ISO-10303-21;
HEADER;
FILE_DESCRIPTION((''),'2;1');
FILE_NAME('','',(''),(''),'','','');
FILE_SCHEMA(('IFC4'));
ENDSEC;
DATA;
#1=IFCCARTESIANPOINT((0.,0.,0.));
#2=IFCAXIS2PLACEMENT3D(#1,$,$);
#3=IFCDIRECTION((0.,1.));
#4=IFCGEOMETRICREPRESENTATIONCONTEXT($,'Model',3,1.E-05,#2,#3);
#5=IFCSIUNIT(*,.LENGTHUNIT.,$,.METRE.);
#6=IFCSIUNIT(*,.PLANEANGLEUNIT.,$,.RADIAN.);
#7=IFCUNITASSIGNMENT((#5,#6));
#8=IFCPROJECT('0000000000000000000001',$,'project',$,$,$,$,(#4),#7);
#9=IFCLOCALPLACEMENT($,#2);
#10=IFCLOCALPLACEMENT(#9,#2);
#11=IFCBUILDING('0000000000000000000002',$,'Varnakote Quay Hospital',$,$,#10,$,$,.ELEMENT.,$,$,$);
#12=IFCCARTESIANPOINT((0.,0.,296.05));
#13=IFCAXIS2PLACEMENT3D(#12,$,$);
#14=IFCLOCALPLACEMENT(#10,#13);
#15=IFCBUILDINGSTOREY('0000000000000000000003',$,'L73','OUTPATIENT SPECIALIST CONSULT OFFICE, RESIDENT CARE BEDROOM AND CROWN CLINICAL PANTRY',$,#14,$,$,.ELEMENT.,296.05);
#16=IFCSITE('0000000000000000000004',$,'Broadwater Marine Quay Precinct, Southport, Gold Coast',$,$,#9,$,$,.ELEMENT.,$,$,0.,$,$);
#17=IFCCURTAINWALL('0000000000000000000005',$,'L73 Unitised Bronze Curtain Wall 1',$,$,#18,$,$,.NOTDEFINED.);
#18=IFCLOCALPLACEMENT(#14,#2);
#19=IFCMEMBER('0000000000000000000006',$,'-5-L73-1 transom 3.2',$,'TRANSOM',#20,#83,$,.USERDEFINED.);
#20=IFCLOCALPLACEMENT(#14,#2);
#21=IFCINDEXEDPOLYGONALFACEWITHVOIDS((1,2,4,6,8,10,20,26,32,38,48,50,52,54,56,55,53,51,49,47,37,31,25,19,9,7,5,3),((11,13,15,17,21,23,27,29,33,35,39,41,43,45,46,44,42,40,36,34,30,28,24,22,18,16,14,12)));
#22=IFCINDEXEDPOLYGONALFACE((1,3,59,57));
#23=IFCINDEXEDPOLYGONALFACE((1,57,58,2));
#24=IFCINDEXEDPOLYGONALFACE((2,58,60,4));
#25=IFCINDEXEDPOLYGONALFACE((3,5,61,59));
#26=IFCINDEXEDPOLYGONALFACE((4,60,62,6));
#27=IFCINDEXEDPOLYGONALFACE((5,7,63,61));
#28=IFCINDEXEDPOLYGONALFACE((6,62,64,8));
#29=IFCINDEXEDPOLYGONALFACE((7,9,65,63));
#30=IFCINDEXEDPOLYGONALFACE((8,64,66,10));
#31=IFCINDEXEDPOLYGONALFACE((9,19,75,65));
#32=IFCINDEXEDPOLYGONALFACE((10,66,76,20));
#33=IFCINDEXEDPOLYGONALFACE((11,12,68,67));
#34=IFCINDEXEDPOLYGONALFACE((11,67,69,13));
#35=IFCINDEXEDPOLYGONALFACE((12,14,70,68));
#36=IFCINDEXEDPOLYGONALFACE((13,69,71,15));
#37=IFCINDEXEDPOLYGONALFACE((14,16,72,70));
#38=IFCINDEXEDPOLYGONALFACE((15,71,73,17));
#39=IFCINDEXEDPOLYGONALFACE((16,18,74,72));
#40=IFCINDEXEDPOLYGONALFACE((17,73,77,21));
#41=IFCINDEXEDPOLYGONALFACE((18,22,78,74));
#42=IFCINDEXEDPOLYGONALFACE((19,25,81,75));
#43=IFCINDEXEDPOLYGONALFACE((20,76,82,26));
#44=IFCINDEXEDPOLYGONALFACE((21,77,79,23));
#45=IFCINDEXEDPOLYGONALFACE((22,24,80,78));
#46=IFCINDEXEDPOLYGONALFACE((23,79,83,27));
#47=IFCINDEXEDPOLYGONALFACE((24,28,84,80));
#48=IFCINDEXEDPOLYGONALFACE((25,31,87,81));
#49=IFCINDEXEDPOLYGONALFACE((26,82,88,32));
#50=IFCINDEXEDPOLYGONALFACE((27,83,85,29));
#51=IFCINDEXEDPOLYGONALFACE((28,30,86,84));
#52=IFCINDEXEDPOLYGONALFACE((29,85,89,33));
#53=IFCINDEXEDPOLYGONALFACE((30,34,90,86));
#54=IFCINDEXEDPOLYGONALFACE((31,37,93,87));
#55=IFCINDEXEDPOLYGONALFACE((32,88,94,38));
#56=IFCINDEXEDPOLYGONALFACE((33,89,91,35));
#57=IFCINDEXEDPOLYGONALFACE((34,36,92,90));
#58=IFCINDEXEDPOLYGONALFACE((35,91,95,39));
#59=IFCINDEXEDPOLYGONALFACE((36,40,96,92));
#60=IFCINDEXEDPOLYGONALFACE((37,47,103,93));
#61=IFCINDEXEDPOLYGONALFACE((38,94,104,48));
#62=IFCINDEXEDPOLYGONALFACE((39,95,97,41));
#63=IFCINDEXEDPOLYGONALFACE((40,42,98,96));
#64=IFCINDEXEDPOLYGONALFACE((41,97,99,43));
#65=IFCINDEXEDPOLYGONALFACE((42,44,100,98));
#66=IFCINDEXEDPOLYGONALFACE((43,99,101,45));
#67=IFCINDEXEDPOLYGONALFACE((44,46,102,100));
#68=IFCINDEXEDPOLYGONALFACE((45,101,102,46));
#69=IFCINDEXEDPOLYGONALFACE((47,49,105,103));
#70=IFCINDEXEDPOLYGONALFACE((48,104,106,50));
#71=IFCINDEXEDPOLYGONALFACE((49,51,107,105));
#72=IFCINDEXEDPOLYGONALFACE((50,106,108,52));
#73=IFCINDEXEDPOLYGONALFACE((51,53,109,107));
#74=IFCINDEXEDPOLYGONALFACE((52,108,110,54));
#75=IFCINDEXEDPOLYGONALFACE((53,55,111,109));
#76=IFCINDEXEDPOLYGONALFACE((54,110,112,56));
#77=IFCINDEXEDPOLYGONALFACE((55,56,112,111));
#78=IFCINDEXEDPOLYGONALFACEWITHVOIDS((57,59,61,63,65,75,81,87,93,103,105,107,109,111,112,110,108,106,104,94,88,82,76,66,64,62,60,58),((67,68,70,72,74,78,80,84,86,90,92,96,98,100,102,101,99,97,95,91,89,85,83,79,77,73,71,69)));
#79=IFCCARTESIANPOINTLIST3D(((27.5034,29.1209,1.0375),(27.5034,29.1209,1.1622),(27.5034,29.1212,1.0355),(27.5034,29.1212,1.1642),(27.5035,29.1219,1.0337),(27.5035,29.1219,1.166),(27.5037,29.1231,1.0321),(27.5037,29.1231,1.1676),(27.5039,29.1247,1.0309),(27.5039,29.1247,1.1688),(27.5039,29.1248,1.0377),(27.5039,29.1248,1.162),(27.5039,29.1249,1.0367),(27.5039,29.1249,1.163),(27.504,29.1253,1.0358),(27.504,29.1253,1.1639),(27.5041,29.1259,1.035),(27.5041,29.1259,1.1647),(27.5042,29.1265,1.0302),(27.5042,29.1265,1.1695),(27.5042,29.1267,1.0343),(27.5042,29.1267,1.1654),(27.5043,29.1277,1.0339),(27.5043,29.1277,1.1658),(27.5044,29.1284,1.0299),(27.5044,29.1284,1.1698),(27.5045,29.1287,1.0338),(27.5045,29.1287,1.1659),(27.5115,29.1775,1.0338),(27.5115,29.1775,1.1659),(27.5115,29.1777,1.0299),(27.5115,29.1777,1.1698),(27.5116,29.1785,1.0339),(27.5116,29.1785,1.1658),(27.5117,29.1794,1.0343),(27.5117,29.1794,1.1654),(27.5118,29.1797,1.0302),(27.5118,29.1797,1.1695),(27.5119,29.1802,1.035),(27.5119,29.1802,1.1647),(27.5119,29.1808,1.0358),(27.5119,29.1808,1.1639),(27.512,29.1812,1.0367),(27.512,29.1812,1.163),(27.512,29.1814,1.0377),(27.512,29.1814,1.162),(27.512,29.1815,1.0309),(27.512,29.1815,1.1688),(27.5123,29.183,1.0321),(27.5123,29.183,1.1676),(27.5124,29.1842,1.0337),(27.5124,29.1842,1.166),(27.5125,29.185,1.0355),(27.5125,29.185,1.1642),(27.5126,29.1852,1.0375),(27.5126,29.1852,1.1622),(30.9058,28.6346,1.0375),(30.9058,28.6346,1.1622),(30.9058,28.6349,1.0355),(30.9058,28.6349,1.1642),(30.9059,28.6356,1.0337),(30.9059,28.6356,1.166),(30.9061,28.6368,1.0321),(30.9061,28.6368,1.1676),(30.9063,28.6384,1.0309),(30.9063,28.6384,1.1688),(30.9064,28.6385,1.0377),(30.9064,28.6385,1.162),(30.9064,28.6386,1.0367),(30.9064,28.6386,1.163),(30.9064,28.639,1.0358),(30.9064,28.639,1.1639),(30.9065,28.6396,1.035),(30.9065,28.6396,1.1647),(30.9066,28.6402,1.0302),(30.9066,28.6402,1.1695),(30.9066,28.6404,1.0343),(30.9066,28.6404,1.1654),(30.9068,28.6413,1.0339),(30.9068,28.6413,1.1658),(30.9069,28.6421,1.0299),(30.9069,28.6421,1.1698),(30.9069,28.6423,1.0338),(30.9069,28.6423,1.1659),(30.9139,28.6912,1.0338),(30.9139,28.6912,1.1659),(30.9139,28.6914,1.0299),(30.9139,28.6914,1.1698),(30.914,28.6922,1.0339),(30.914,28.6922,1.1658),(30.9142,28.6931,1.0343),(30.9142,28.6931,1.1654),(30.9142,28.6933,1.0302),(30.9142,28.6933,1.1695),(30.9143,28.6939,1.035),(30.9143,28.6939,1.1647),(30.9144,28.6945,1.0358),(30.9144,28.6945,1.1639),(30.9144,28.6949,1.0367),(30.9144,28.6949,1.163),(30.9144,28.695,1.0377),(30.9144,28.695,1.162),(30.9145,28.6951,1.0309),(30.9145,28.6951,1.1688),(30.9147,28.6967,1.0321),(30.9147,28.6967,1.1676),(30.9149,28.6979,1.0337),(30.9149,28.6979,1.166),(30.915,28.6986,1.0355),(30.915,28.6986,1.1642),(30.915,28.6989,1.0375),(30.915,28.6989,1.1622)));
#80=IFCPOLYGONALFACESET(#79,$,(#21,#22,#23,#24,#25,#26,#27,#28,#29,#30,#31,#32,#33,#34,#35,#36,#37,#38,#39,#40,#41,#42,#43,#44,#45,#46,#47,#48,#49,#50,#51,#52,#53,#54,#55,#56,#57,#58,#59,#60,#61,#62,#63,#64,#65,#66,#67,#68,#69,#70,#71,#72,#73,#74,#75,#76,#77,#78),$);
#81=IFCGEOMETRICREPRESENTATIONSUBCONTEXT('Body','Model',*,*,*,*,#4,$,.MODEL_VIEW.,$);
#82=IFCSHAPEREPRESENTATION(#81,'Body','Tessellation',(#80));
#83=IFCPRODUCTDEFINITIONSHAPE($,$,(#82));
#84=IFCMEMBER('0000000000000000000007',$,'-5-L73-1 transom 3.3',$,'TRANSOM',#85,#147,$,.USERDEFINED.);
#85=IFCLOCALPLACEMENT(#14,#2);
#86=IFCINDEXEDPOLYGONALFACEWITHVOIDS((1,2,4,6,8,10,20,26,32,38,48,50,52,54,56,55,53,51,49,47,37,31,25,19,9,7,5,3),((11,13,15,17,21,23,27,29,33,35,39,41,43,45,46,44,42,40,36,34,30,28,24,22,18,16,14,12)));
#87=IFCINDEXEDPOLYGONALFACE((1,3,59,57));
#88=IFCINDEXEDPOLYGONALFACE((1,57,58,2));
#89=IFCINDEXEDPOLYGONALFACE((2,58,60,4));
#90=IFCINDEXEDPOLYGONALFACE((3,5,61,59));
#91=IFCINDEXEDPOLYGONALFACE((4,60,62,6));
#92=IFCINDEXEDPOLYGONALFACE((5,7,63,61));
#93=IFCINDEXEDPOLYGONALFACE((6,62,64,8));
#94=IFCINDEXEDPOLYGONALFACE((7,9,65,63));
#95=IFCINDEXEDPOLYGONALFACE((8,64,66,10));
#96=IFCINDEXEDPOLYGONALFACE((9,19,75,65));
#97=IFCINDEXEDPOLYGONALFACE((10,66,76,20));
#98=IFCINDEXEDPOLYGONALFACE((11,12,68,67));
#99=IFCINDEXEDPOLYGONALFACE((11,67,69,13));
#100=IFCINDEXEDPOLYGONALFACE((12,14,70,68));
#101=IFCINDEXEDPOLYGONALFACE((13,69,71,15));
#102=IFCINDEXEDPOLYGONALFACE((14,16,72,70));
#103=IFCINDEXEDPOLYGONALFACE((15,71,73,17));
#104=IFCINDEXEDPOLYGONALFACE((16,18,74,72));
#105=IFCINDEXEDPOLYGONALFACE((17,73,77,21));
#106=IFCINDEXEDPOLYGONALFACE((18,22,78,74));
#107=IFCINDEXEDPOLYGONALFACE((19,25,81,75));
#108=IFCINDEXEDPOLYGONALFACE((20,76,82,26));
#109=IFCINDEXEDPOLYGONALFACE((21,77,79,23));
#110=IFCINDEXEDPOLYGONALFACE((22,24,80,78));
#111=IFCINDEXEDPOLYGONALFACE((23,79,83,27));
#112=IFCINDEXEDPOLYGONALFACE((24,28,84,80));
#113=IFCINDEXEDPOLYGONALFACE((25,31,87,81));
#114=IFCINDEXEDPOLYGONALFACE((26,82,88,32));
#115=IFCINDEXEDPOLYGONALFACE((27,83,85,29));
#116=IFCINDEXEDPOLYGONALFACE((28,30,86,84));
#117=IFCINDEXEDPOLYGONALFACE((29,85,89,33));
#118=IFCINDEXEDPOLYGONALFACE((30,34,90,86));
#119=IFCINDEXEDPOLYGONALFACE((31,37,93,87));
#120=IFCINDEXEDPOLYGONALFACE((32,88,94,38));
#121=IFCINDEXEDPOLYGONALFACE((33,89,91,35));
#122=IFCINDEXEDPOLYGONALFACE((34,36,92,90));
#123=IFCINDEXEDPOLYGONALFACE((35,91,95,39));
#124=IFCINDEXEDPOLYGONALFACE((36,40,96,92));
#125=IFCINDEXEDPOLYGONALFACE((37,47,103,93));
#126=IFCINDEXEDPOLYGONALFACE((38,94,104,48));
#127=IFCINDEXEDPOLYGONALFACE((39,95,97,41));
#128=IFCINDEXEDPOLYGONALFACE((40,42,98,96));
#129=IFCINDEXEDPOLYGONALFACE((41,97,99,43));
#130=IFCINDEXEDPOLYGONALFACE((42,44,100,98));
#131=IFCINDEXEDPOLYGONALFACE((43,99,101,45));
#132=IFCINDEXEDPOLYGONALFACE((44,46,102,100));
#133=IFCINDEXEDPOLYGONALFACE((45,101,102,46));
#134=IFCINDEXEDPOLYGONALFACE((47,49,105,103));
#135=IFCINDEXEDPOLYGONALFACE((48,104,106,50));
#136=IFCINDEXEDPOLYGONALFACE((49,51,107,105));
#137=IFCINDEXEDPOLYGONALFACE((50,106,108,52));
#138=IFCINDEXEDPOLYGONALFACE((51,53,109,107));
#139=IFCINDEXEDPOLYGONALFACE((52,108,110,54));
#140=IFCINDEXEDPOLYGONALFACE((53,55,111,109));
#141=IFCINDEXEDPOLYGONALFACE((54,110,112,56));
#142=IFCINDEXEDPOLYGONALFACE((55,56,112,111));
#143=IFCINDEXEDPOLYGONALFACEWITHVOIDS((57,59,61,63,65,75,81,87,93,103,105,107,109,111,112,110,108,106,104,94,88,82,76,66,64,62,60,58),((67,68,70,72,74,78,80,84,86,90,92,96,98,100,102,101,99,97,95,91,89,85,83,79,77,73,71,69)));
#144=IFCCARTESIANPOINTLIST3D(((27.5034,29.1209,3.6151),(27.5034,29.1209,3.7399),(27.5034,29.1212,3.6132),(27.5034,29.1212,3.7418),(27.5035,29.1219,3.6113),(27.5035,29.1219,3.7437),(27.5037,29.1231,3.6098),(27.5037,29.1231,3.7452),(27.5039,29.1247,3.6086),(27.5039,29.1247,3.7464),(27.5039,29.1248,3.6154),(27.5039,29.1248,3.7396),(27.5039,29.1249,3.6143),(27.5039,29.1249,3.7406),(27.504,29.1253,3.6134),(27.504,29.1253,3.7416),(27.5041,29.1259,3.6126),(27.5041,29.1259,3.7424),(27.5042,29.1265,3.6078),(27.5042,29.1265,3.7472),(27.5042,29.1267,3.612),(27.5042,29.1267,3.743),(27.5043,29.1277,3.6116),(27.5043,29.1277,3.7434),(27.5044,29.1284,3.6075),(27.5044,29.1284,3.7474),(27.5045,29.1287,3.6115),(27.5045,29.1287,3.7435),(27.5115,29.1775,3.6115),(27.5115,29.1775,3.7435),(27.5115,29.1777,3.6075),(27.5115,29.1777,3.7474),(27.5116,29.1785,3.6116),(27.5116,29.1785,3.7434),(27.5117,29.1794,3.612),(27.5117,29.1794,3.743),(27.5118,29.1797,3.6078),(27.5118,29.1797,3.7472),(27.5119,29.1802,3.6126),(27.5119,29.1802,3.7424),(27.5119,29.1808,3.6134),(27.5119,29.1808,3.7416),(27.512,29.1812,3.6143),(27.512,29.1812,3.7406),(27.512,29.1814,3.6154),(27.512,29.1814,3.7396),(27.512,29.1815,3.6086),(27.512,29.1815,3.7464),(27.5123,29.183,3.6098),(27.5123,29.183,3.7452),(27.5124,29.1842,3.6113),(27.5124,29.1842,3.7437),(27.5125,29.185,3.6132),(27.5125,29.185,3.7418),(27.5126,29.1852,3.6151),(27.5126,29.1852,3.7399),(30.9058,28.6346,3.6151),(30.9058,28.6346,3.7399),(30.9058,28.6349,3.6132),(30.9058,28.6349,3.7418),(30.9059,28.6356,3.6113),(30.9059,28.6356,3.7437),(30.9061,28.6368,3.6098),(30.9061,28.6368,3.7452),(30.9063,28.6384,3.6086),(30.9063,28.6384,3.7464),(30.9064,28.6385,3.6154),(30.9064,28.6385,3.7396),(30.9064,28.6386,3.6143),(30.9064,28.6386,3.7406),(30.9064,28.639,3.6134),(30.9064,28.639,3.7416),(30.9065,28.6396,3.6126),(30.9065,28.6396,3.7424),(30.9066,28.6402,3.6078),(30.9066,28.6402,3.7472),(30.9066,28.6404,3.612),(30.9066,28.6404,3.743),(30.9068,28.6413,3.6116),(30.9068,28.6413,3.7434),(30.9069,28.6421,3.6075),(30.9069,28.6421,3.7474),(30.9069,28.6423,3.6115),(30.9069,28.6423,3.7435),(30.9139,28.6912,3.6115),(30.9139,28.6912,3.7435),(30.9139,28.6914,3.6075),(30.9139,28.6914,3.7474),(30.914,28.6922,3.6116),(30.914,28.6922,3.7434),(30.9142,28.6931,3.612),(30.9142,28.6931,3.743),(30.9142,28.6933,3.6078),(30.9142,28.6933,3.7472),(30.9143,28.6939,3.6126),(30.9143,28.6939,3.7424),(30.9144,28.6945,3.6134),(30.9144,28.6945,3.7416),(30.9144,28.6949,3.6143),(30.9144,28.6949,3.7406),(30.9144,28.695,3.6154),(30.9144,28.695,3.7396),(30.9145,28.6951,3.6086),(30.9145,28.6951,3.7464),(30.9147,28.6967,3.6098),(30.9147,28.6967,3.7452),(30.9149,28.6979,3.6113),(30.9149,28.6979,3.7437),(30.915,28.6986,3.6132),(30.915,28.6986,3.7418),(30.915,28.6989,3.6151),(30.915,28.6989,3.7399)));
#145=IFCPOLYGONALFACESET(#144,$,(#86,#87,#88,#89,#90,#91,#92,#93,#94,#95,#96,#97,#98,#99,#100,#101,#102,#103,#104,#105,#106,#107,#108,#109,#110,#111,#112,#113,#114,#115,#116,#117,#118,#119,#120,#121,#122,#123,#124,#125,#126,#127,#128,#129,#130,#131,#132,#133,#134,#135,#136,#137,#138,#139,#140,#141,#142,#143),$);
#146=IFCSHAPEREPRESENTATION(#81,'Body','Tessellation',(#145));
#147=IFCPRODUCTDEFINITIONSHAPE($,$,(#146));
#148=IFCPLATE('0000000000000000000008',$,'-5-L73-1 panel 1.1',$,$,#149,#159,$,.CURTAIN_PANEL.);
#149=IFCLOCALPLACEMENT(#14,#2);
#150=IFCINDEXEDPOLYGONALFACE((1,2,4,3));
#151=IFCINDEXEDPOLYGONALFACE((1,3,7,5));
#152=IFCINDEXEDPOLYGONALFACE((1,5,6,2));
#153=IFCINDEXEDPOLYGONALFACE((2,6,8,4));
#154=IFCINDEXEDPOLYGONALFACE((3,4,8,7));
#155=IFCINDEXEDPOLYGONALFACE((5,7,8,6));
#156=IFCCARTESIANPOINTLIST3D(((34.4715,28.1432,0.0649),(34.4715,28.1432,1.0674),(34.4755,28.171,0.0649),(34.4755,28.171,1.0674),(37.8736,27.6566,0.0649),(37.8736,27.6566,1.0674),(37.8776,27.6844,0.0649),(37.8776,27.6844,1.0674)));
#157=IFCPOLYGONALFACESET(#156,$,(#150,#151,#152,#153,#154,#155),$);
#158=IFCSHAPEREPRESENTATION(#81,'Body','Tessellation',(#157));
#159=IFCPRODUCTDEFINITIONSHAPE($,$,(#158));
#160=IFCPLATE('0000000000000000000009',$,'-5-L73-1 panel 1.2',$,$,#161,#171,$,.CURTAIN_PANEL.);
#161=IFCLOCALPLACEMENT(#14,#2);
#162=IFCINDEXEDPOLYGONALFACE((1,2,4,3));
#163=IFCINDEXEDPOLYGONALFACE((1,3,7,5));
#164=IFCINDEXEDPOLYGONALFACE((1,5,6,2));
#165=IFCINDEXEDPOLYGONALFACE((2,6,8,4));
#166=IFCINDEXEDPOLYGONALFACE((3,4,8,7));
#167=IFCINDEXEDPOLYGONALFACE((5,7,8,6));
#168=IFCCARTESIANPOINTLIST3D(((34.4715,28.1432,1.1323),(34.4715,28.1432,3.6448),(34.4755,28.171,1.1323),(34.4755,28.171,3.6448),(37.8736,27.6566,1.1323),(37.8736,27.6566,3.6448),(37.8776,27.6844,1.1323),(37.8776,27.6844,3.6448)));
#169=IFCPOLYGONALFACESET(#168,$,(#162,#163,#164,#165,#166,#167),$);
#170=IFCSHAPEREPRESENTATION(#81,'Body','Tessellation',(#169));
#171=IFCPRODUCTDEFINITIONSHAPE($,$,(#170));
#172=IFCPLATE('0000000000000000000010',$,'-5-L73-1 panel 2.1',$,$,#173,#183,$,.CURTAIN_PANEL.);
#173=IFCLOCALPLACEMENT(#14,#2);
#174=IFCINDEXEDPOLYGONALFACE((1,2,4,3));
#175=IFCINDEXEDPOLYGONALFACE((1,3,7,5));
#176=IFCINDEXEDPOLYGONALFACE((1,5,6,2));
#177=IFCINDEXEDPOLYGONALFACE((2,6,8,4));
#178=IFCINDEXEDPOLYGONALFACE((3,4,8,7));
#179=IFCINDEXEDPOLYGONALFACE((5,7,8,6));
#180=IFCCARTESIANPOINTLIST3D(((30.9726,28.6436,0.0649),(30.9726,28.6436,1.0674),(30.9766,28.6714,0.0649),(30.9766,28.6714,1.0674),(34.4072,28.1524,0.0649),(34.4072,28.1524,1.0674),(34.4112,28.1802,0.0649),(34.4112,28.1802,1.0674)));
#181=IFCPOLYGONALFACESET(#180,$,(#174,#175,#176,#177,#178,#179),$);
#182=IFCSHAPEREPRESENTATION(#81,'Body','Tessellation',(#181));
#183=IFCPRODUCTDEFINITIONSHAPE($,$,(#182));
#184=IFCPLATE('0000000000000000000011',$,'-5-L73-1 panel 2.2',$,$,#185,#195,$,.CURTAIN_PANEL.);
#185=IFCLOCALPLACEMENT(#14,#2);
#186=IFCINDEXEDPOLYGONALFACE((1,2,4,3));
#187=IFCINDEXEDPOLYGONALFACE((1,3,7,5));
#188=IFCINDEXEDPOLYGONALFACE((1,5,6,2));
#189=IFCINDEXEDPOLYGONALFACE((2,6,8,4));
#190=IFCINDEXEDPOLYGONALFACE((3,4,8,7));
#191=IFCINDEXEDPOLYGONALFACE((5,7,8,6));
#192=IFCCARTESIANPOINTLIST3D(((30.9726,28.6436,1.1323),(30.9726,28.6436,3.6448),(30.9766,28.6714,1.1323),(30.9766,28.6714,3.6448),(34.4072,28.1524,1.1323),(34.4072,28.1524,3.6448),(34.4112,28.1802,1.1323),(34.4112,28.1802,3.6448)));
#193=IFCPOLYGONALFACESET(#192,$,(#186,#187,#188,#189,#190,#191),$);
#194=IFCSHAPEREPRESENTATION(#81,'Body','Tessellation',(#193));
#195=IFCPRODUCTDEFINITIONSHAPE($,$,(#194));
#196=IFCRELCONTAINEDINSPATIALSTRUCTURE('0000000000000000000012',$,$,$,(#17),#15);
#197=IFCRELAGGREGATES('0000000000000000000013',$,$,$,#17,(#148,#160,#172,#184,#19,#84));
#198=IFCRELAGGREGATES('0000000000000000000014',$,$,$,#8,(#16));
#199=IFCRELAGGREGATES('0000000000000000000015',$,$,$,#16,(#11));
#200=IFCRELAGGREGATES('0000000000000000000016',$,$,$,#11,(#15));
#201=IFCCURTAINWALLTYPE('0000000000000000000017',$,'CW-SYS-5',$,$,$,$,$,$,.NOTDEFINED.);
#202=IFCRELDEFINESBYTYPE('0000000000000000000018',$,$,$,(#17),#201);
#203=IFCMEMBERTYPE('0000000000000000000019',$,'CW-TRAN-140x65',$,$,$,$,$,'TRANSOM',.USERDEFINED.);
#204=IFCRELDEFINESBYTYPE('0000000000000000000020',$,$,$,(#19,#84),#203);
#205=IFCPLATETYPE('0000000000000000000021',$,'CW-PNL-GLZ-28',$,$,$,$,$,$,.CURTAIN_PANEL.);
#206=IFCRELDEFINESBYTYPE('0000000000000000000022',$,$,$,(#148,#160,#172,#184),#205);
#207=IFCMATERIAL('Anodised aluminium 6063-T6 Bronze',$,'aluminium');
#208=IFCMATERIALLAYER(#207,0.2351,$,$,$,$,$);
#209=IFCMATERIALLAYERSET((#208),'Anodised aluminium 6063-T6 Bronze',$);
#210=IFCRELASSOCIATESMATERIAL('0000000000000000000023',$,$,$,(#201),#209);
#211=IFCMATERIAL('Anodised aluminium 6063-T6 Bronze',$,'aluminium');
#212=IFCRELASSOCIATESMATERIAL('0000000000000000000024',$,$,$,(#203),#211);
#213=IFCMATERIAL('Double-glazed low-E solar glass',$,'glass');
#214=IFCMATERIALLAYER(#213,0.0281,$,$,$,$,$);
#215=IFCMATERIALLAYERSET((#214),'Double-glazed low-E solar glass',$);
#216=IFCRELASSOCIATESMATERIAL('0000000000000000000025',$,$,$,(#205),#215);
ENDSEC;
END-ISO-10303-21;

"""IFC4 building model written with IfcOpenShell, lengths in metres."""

from ifc_helpers import new_model, si_unit, direction, frame, origin, origin_2d, place, context, subcontext, project, spatial, rectangle, hollow_rectangle, extrude, material, layer, layer_set, material_profile, profile_set, type_object, element, aggregate, save


model = new_model("IFC4")

# Units and contexts
model_context = context("Model", 3, precision=1e-05, world=origin(), true_north=direction((0.0, 1.0)))
body_context = subcontext(model_context, "Body", "Model", "MODEL_VIEW")
ifc_project = project(units=[si_unit("LENGTHUNIT", "METRE"), si_unit("PLANEANGLEUNIT", "RADIAN")], contexts=[model_context])

# Site, building, storey
site_placement = place(None, origin())
site = spatial("IfcSite", under=ifc_project, at=site_placement, Name="Broadwater Marine Quay Precinct, Southport, Gold Coast", CompositionType="ELEMENT", RefElevation=0.0)
building_placement = place(site_placement, origin())
building = spatial("IfcBuilding", under=site, at=building_placement, Name="Varnakote Quay Hospital", CompositionType="ELEMENT")
storey_placement = place(building_placement, frame((0.0, 0.0, 296.05)))
storey = spatial("IfcBuildingStorey", under=building, at=storey_placement, Name="L73", Description="OUTPATIENT SPECIALIST CONSULT OFFICE, RESIDENT CARE BEDROOM AND CROWN CLINICAL PANTRY", CompositionType="ELEMENT", Elevation=296.05)

# Curtain wall, members, plates
ifc_material_1 = material(Name="Anodised aluminium 6063-T6 Bronze", Category="aluminium")
ifc_layer_1 = layer(ifc_material_1, 0.2351)
ifc_layer_set_1 = layer_set([ifc_layer_1], Name="Anodised aluminium 6063-T6 Bronze")
curtain_wall_type = type_object("IfcCurtainWallType", Name="CW-SYS-5", PredefinedType="NOTDEFINED", material=ifc_layer_set_1)
curtain_wall_placement = place(storey_placement, origin())
curtain_wall = element("IfcCurtainWall", 1, at=curtain_wall_placement, inside=storey, type_object=curtain_wall_type, Name="L73 Unitised Bronze Curtain Wall 1", PredefinedType="NOTDEFINED")
ifc_material_2 = material(Name="Anodised aluminium 6063-T6 Bronze", Category="aluminium")
ifc_material_profile_1 = material_profile(ifc_material_2, hollow_rectangle(XDim=0.0649, YDim=0.1399, WallThickness=0.0039, InnerFilletRadius=0.0039, OuterFilletRadius=0.0076, at=origin_2d()), Name="CW-TRAN-140x65")
ifc_profile_set_1 = profile_set([ifc_material_profile_1], Name="Anodised aluminium 6063-T6 Bronze")
member_type_1 = type_object("IfcMemberType", Name="CW-TRAN-140x65", ElementType="TRANSOM", PredefinedType="USERDEFINED", material=ifc_profile_set_1)
member_1_placement = place(storey_placement, frame((30.9104, 28.6667, 1.0999), z_axis=(-0.989938, 0.141501, 0.0), x_axis=(-0.141501, -0.989938, 0.0)))
member_1 = element("IfcMember", 2, at=member_1_placement, type_object=member_type_1, Name="-5-L73-1 transom 3.2", ObjectType="TRANSOM", PredefinedType="USERDEFINED", context=body_context, shape_type="SweptSolid", body=[
    extrude(hollow_rectangle(XDim=0.0649, YDim=0.1399, WallThickness=0.0039, InnerFilletRadius=0.0039, OuterFilletRadius=0.0076, at=origin_2d()), origin(), (0.0, 0.0, 1.0), 3.437),
])
member_2_placement = place(storey_placement, frame((30.9104, 28.6667, 3.6775), z_axis=(-0.989938, 0.141501, 0.0), x_axis=(-0.141501, -0.989938, 0.0)))
member_2 = element("IfcMember", 3, at=member_2_placement, type_object=member_type_1, Name="-5-L73-1 transom 3.3", ObjectType="TRANSOM", PredefinedType="USERDEFINED", context=body_context, shape_type="SweptSolid", body=[
    extrude(hollow_rectangle(XDim=0.0649, YDim=0.1399, WallThickness=0.0039, InnerFilletRadius=0.0039, OuterFilletRadius=0.0076, at=origin_2d()), origin(), (0.0, 0.0, 1.0), 3.437),
])
ifc_material_3 = material(Name="Double-glazed low-E solar glass", Category="glass")
ifc_layer_2 = layer(ifc_material_3, 0.0281)
ifc_layer_set_2 = layer_set([ifc_layer_2], Name="Double-glazed low-E solar glass")
plate_type = type_object("IfcPlateType", Name="CW-PNL-GLZ-28", PredefinedType="CURTAIN_PANEL", material=ifc_layer_set_2)
plate_1_placement = place(storey_placement, frame((36.1746, 27.9138, 0.0649), z_axis=(0.0, 0.0, 1.0), x_axis=(-0.989928, 0.141572, 0.0)))
plate_1 = element("IfcPlate", 4, at=plate_1_placement, type_object=plate_type, Name="-5-L73-1 panel 1.1", PredefinedType="CURTAIN_PANEL", context=body_context, shape_type="SweptSolid", body=[
    extrude(rectangle(XDim=3.4368, YDim=0.0281, at=origin_2d()), origin(), (0.0, 0.0, 1.0), 1.0024),
])
plate_2_placement = place(storey_placement, frame((36.1746, 27.9138, 1.1323), z_axis=(0.0, 0.0, 1.0), x_axis=(-0.989928, 0.141572, 0.0)))
plate_2 = element("IfcPlate", 5, at=plate_2_placement, type_object=plate_type, Name="-5-L73-1 panel 1.2", PredefinedType="CURTAIN_PANEL", context=body_context, shape_type="SweptSolid", body=[
    extrude(rectangle(XDim=3.4368, YDim=0.0281, at=origin_2d()), origin(), (0.0, 0.0, 1.0), 2.5125),
])
plate_3_placement = place(storey_placement, frame((32.6919, 28.4119, 0.0649), z_axis=(0.0, 0.0, 1.0), x_axis=(-0.989928, 0.141572, 0.0)))
plate_3 = element("IfcPlate", 6, at=plate_3_placement, type_object=plate_type, Name="-5-L73-1 panel 2.1", PredefinedType="CURTAIN_PANEL", context=body_context, shape_type="SweptSolid", body=[
    extrude(rectangle(XDim=3.4695, YDim=0.0281, at=origin_2d()), origin(), (0.0, 0.0, 1.0), 1.0024),
])
plate_4_placement = place(storey_placement, frame((32.6919, 28.4119, 1.1323), z_axis=(0.0, 0.0, 1.0), x_axis=(-0.989928, 0.141572, 0.0)))
plate_4 = element("IfcPlate", 7, at=plate_4_placement, type_object=plate_type, Name="-5-L73-1 panel 2.2", PredefinedType="CURTAIN_PANEL", context=body_context, shape_type="SweptSolid", body=[
    extrude(rectangle(XDim=3.4695, YDim=0.0281, at=origin_2d()), origin(), (0.0, 0.0, 1.0), 2.5125),
])
aggregate(curtain_wall, [plate_1, plate_2, plate_3, plate_4, member_1, member_2])

save(model, "model.ifc")
